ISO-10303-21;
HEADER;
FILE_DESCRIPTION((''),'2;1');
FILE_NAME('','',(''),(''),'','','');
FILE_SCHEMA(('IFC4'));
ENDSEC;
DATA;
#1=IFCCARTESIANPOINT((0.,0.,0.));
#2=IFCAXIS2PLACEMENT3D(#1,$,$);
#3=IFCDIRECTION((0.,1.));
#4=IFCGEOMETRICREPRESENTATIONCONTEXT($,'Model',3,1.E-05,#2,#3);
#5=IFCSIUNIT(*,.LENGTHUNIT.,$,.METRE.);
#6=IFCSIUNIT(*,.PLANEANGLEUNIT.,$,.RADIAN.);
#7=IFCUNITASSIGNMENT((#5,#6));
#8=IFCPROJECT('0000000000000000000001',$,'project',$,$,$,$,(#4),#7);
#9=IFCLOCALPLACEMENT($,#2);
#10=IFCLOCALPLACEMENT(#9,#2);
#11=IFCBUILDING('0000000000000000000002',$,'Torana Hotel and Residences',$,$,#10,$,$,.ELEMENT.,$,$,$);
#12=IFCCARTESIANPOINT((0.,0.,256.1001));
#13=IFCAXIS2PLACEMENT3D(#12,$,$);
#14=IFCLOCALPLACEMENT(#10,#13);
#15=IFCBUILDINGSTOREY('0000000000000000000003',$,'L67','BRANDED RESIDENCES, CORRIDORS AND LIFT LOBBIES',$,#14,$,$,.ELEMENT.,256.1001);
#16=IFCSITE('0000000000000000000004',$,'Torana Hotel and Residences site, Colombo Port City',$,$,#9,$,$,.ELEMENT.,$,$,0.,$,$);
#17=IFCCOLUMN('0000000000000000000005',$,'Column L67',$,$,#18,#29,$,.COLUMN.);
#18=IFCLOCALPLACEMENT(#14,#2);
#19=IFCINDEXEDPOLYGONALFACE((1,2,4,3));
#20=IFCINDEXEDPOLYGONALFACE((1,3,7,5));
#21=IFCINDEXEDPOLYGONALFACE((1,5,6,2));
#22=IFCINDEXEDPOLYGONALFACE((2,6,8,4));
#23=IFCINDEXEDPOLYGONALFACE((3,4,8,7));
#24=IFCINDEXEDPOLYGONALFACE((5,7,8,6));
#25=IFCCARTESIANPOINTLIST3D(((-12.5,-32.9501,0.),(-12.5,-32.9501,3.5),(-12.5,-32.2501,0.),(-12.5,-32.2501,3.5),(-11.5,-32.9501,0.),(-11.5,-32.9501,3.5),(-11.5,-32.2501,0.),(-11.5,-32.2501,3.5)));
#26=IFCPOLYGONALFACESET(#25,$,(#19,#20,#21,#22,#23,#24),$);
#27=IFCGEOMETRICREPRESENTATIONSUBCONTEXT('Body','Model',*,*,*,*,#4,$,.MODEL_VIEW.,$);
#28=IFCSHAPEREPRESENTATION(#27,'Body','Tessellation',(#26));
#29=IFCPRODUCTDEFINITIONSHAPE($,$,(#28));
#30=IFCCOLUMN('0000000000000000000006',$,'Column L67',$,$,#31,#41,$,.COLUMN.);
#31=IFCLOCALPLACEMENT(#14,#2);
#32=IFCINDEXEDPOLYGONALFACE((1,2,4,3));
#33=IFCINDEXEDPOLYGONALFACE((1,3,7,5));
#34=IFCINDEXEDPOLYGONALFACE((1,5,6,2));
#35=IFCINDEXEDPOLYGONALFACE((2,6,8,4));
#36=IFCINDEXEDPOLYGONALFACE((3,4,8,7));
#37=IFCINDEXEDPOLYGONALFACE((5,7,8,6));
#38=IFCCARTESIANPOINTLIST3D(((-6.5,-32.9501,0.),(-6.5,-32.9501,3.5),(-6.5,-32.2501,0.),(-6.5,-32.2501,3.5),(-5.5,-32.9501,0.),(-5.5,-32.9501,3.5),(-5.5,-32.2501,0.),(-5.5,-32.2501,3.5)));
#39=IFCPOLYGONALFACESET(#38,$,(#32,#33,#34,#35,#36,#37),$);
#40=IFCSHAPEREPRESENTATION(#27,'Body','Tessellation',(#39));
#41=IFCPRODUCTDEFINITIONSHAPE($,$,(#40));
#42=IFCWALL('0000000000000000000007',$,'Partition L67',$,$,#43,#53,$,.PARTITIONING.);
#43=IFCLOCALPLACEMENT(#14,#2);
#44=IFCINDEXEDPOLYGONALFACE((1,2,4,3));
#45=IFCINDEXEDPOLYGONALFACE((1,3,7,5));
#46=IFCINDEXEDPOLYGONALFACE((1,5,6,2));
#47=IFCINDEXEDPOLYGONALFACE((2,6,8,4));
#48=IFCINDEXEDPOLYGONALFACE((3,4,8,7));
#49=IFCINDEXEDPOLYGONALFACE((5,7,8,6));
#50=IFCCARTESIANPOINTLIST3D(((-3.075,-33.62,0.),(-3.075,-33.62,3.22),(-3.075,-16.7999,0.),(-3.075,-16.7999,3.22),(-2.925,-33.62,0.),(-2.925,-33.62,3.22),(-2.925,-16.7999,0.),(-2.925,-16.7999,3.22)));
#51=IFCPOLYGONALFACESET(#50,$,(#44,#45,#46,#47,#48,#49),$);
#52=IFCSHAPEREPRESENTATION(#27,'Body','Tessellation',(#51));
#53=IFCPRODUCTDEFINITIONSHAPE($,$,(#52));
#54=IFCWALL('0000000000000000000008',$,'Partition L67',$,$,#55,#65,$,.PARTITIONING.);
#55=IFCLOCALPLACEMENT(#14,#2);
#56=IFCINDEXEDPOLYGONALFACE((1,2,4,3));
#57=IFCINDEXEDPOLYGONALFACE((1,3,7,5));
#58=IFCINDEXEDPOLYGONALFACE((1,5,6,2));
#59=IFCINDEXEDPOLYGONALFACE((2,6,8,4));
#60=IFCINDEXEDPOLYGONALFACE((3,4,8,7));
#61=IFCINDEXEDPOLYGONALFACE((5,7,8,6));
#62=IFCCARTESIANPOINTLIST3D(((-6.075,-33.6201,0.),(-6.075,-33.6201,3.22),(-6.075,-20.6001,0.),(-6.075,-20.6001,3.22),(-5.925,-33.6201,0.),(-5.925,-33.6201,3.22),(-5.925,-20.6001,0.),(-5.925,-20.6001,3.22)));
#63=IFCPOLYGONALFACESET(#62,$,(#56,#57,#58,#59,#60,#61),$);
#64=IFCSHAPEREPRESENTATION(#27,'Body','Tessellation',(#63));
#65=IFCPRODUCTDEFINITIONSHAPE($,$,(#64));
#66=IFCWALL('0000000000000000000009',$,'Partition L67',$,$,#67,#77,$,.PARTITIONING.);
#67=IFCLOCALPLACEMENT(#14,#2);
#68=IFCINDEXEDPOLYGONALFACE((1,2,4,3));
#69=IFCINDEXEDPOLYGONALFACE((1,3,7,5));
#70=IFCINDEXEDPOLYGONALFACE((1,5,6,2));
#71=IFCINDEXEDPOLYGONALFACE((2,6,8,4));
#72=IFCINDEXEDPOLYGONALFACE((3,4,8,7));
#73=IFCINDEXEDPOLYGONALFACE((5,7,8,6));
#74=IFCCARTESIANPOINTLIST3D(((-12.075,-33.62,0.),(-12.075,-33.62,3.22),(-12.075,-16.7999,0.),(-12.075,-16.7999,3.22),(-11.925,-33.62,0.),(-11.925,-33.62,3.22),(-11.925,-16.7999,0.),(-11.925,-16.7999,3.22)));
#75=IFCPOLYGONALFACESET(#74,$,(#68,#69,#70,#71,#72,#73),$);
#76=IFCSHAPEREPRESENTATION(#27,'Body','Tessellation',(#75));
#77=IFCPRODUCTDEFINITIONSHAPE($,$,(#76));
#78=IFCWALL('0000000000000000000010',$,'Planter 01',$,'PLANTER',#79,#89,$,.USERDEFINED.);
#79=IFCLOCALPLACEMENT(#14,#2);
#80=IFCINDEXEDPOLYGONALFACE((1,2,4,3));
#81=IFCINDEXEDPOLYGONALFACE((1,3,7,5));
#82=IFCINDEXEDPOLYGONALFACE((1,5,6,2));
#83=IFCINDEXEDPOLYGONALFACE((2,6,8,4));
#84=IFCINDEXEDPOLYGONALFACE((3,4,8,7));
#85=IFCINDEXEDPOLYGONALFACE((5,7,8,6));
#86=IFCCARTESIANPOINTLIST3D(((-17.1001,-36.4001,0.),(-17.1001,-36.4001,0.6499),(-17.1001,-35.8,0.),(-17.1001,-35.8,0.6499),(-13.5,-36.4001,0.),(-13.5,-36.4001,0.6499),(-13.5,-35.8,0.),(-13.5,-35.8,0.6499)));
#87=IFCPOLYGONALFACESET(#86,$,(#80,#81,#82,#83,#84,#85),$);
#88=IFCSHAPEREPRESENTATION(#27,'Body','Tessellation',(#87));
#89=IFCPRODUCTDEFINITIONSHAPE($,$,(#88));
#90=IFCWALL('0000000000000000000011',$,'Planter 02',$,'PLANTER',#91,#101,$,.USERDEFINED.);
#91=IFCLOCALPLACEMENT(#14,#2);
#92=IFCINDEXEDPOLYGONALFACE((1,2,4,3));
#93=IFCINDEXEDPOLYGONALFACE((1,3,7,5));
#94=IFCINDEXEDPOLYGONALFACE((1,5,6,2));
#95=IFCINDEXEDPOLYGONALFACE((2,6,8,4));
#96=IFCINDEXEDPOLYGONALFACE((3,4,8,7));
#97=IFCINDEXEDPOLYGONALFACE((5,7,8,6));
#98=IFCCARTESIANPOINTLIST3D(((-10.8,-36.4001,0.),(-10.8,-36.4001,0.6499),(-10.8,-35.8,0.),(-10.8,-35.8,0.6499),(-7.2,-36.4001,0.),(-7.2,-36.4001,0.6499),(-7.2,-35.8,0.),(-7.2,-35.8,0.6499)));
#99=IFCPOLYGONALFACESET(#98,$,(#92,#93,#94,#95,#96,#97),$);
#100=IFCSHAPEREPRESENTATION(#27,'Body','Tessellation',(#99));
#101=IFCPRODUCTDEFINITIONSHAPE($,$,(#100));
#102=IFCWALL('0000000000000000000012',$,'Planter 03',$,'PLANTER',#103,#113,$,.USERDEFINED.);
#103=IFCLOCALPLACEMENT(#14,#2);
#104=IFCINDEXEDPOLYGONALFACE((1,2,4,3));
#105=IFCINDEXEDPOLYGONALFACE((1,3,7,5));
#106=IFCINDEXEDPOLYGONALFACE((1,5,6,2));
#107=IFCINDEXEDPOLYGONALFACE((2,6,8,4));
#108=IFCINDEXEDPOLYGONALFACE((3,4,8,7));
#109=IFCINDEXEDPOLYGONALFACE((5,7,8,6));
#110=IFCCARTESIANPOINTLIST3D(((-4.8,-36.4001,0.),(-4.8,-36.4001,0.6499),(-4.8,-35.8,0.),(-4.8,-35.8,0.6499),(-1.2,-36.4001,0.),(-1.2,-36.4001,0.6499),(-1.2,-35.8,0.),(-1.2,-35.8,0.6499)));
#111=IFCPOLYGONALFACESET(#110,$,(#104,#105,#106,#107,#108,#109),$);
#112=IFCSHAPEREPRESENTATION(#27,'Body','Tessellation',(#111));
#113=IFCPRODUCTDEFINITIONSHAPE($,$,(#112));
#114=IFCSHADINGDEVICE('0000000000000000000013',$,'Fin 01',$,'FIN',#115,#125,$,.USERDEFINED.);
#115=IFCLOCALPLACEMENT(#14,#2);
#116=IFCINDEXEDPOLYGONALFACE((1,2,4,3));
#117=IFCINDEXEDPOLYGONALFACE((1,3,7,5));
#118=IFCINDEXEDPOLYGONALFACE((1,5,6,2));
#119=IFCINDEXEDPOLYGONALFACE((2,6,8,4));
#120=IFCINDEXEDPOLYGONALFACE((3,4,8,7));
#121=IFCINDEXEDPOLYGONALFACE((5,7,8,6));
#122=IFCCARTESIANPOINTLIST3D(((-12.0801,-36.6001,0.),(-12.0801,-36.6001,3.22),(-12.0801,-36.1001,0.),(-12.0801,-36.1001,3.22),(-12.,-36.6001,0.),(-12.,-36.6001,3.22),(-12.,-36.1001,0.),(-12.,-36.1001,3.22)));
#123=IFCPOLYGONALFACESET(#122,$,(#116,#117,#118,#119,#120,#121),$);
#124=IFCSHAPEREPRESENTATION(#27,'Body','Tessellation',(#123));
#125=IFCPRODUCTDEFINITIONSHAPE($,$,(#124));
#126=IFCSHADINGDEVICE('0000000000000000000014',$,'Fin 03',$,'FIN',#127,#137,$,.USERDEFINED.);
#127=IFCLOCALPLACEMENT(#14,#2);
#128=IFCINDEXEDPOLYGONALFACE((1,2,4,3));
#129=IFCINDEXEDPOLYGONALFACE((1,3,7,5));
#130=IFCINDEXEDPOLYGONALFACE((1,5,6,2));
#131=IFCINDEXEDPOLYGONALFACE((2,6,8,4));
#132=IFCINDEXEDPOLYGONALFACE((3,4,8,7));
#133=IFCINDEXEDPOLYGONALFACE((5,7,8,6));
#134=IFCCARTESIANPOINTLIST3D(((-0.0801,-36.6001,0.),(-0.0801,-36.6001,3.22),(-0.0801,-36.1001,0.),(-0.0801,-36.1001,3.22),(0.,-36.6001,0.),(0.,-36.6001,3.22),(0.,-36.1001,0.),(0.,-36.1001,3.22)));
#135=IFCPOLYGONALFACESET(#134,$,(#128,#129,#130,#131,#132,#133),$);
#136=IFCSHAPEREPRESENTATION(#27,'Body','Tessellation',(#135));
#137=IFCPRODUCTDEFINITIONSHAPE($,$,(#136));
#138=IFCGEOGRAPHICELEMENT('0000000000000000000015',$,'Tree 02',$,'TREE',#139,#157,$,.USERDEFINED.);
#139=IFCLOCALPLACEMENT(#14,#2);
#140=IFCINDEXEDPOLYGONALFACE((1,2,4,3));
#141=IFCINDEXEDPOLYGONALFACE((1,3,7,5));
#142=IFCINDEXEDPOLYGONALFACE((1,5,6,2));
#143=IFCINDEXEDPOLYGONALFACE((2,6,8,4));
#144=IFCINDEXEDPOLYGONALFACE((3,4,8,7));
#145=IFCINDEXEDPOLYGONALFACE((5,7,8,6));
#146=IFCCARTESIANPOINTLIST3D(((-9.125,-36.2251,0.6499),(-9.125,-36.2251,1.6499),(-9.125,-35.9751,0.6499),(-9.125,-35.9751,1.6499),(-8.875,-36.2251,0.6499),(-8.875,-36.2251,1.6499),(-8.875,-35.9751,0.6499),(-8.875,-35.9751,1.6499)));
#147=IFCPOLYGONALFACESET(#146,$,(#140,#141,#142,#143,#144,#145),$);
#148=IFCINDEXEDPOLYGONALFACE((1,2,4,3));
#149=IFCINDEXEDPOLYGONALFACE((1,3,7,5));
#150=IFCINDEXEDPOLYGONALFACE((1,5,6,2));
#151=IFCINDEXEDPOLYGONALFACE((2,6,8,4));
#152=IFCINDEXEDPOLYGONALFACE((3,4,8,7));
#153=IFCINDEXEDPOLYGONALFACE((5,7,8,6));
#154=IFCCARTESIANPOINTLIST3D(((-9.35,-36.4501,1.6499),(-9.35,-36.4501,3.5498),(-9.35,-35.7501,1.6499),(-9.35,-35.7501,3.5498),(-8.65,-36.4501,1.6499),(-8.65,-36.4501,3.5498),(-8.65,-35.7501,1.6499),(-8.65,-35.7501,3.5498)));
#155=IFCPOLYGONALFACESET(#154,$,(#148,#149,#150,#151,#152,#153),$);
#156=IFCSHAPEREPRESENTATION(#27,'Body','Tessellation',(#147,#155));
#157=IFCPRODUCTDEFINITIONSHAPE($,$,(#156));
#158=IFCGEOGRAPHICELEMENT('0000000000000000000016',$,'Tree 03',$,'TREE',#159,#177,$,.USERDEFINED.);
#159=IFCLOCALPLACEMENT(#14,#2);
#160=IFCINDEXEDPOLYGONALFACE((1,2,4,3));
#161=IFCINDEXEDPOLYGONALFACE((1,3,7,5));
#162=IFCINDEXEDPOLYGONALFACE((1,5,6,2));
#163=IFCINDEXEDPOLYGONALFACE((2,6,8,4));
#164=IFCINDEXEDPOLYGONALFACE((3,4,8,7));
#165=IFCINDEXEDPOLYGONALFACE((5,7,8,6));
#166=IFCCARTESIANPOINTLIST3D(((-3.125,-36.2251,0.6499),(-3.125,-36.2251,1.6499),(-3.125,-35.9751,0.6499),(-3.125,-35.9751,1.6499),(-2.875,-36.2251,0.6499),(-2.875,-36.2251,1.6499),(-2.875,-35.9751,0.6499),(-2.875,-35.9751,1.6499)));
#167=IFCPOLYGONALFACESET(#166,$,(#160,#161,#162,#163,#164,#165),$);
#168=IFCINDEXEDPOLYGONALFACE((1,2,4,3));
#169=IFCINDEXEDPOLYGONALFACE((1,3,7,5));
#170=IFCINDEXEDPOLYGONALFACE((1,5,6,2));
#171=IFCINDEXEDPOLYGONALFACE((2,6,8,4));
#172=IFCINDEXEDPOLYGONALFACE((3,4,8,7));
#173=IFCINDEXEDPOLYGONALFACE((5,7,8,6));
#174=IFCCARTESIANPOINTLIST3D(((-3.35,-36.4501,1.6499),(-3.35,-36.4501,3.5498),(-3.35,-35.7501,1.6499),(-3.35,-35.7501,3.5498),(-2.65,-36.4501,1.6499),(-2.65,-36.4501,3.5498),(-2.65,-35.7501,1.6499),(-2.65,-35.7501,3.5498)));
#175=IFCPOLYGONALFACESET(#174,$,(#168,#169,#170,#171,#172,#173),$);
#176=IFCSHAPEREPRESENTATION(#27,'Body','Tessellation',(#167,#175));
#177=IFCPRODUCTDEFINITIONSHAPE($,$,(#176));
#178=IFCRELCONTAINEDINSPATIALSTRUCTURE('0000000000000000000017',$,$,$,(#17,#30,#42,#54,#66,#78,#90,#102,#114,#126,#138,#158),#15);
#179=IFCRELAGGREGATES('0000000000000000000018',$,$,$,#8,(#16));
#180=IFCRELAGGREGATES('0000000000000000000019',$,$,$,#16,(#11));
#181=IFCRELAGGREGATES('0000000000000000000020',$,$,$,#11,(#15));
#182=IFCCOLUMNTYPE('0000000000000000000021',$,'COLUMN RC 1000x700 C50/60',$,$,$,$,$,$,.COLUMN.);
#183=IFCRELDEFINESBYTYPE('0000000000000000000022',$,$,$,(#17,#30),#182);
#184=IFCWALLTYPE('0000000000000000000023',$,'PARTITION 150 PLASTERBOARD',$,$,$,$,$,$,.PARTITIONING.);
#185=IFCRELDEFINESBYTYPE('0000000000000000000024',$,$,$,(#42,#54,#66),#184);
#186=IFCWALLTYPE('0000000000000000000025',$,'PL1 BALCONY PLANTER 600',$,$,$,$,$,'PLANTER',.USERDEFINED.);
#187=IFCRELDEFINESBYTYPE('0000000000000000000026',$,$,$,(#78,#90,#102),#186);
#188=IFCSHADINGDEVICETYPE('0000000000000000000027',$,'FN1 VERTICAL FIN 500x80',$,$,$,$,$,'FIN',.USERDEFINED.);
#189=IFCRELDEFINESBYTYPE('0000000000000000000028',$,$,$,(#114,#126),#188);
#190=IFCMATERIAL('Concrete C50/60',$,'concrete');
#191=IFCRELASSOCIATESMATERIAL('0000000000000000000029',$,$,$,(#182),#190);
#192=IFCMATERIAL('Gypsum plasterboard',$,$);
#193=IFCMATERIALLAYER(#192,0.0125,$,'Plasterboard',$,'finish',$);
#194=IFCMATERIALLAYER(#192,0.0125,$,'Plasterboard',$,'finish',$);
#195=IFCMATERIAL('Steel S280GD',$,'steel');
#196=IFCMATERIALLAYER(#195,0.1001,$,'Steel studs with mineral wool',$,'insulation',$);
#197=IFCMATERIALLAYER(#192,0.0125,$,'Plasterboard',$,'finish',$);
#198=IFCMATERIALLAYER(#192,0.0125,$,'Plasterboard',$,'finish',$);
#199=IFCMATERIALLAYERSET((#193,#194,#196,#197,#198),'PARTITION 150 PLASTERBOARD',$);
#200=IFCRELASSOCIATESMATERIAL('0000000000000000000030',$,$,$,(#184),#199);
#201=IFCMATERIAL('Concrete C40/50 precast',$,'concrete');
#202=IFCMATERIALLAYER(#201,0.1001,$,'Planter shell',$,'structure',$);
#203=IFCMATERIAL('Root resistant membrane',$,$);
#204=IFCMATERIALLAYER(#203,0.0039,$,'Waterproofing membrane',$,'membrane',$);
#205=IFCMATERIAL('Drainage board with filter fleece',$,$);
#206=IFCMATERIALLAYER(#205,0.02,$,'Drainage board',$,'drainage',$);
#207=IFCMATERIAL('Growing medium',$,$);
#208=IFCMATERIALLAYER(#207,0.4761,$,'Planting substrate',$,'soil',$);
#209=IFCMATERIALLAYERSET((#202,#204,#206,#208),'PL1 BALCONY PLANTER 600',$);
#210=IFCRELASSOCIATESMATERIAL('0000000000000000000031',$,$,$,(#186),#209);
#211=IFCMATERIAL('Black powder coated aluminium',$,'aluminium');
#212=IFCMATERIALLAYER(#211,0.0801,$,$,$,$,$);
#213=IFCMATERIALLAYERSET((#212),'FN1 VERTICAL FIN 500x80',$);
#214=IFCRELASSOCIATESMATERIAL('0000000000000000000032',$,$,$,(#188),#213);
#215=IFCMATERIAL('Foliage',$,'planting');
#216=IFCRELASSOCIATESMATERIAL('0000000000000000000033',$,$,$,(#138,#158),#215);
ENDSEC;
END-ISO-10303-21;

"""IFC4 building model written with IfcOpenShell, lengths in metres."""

from ifc_helpers import new_model, si_unit, direction, frame, frame_2d, origin, origin_2d, place, context, subcontext, project, spatial, rectangle, extrude, material, layer, layer_set, material_profile, profile_set, type_object, element, save


model = new_model("IFC4")

# Units and contexts
model_context = context("Model", 3, precision=1e-05, world=origin(), true_north=direction((0.0, 1.0)))
body_context = subcontext(model_context, "Body", "Model", "MODEL_VIEW")
ifc_project = project(units=[si_unit("LENGTHUNIT", "METRE"), si_unit("PLANEANGLEUNIT", "RADIAN")], contexts=[model_context])

# Site, building, storey
site_placement = place(None, origin())
site = spatial("IfcSite", under=ifc_project, at=site_placement, Name="Torana Hotel and Residences site, Colombo Port City", CompositionType="ELEMENT", RefElevation=0.0)
building_placement = place(site_placement, origin())
building = spatial("IfcBuilding", under=site, at=building_placement, Name="Torana Hotel and Residences", CompositionType="ELEMENT")
storey_placement = place(building_placement, frame((0.0, 0.0, 256.1001)))
storey = spatial("IfcBuildingStorey", under=building, at=storey_placement, Name="L67", Description="BRANDED RESIDENCES, CORRIDORS AND LIFT LOBBIES", CompositionType="ELEMENT", Elevation=256.1001)

# Columns
ifc_material_1 = material(Name="Concrete C50/60", Category="concrete")
ifc_material_profile = material_profile(ifc_material_1, rectangle(XDim=1.0, YDim=0.7, at=origin_2d()), Name="RC 1000x700")
ifc_profile_set = profile_set([ifc_material_profile], Name="Concrete C50/60")
column_type = type_object("IfcColumnType", Name="COLUMN RC 1000x700 C50/60", PredefinedType="COLUMN", material=ifc_profile_set)
for number, where, z_axis, x_axis, name in (
    (1, (-12.0, -32.6001, 0.0), (0.0, 0.0, 1.0), (1.0, 0.0, 0.0), "Column L67"),
    (2, (-6.0, -32.6001, 0.0), (0.0, 0.0, 1.0), (1.0, 0.0, 0.0), "Column L67"),
):
    element("IfcColumn", number, at=place(storey_placement, frame(where, z_axis=z_axis, x_axis=x_axis)), inside=storey, type_object=column_type, Name=name, PredefinedType="COLUMN", context=body_context, shape_type="SweptSolid", body=[
        extrude(rectangle(XDim=1.0, YDim=0.7, at=origin_2d()), origin(), (0.0, 0.0, 1.0), 3.5),
    ])

# Walls
ifc_material_2 = material(Name="Gypsum plasterboard")
ifc_layer_1 = layer(ifc_material_2, 0.0125, Name="Plasterboard", Category="finish")
ifc_layer_2 = layer(ifc_material_2, 0.0125, Name="Plasterboard", Category="finish")
ifc_material_3 = material(Name="Steel S280GD", Category="steel")
ifc_layer_3 = layer(ifc_material_3, 0.1001, Name="Steel studs with mineral wool", Category="insulation")
ifc_layer_4 = layer(ifc_material_2, 0.0125, Name="Plasterboard", Category="finish")
ifc_layer_5 = layer(ifc_material_2, 0.0125, Name="Plasterboard", Category="finish")
ifc_layer_set_1 = layer_set([ifc_layer_1, ifc_layer_2, ifc_layer_3, ifc_layer_4, ifc_layer_5], Name="PARTITION 150 PLASTERBOARD")
wall_type_1 = type_object("IfcWallType", Name="PARTITION 150 PLASTERBOARD", PredefinedType="PARTITIONING", material=ifc_layer_set_1)
wall_1_placement = place(storey_placement, frame((-3.0, -33.6201, 0.0), z_axis=(0.0, 0.0, 1.0), x_axis=(0.0, 1.0, 0.0)))
element("IfcWall", 3, at=wall_1_placement, inside=storey, type_object=wall_type_1, Name="Partition L67", PredefinedType="PARTITIONING", context=body_context, shape_type="SweptSolid", body=[
    extrude(rectangle(XDim=16.8201, YDim=0.1499, at=frame_2d((8.4102, 0.0))), origin(), (0.0, 0.0, 1.0), 3.22),
])
wall_2_placement = place(storey_placement, frame((-6.0, -33.6201, 0.0), z_axis=(0.0, 0.0, 1.0), x_axis=(0.0, 1.0, 0.0)))
element("IfcWall", 4, at=wall_2_placement, inside=storey, type_object=wall_type_1, Name="Partition L67", PredefinedType="PARTITIONING", context=body_context, shape_type="SweptSolid", body=[
    extrude(rectangle(XDim=13.02, YDim=0.1499, at=frame_2d((6.51, 0.0))), origin(), (0.0, 0.0, 1.0), 3.22),
])
wall_3_placement = place(storey_placement, frame((-12.0, -33.6201, 0.0), z_axis=(0.0, 0.0, 1.0), x_axis=(0.0, 1.0, 0.0)))
element("IfcWall", 5, at=wall_3_placement, inside=storey, type_object=wall_type_1, Name="Partition L67", PredefinedType="PARTITIONING", context=body_context, shape_type="SweptSolid", body=[
    extrude(rectangle(XDim=16.8201, YDim=0.1499, at=frame_2d((8.4102, 0.0))), origin(), (0.0, 0.0, 1.0), 3.22),
])
ifc_material_4 = material(Name="Concrete C40/50 precast", Category="concrete")
ifc_layer_6 = layer(ifc_material_4, 0.1001, Name="Planter shell", Category="structure")
ifc_material_5 = material(Name="Root resistant membrane")
ifc_layer_7 = layer(ifc_material_5, 0.0039, Name="Waterproofing membrane", Category="membrane")
ifc_material_6 = material(Name="Drainage board with filter fleece")
ifc_layer_8 = layer(ifc_material_6, 0.02, Name="Drainage board", Category="drainage")
ifc_material_7 = material(Name="Growing medium")
ifc_layer_9 = layer(ifc_material_7, 0.4761, Name="Planting substrate", Category="soil")
ifc_layer_set_2 = layer_set([ifc_layer_6, ifc_layer_7, ifc_layer_8, ifc_layer_9], Name="PL1 BALCONY PLANTER 600")
wall_type_2 = type_object("IfcWallType", Name="PL1 BALCONY PLANTER 600", ElementType="PLANTER", PredefinedType="USERDEFINED", material=ifc_layer_set_2)
for number, where, z_axis, x_axis, name in (
    (6, (-13.5, -36.1001, 0.0), (0.0, 0.0, 1.0), (-1.0, 0.0, 0.0), "Planter 01"),
    (7, (-7.2, -36.1001, 0.0), (0.0, 0.0, 1.0), (-1.0, 0.0, 0.0), "Planter 02"),
    (8, (-1.2, -36.1001, 0.0), (0.0, 0.0, 1.0), (-1.0, 0.0, 0.0), "Planter 03"),
):
    element("IfcWall", number, at=place(storey_placement, frame(where, z_axis=z_axis, x_axis=x_axis)), inside=storey, type_object=wall_type_2, Name=name, ObjectType="PLANTER", PredefinedType="USERDEFINED", context=body_context, shape_type="SweptSolid", body=[
        extrude(rectangle(XDim=3.6001, YDim=0.6001, at=frame_2d((1.8, 0.0))), origin(), (0.0, 0.0, 1.0), 0.6499),
    ])

# Shading devices
ifc_material_8 = material(Name="Black powder coated aluminium", Category="aluminium")
ifc_layer_10 = layer(ifc_material_8, 0.0801)
ifc_layer_set_3 = layer_set([ifc_layer_10], Name="FN1 VERTICAL FIN 500x80")
shading_device_type = type_object("IfcShadingDeviceType", Name="FN1 VERTICAL FIN 500x80", ElementType="FIN", PredefinedType="USERDEFINED", material=ifc_layer_set_3)
for number, where, z_axis, x_axis, name in (
    (9, (-12.04, -36.3501, 0.0), (0.0, 0.0, 1.0), (-1.0, 0.0, 0.0), "Fin 01"),
    (10, (-0.04, -36.3501, 0.0), (0.0, 0.0, 1.0), (-1.0, 0.0, 0.0), "Fin 03"),
):
    element("IfcShadingDevice", number, at=place(storey_placement, frame(where, z_axis=z_axis, x_axis=x_axis)), inside=storey, type_object=shading_device_type, Name=name, ObjectType="FIN", PredefinedType="USERDEFINED", context=body_context, shape_type="SweptSolid", body=[
        extrude(rectangle(XDim=0.0801, YDim=0.5, at=origin_2d()), origin(), (0.0, 0.0, 1.0), 3.22),
    ])

# Geographic elements
ifc_material_9 = material(Name="Foliage", Category="planting")
for number, where, z_axis, x_axis, name in (
    (11, (-9.0, -36.1001, 0.6499), (0.0, 0.0, 1.0), (1.0, 0.0, 0.0), "Tree 02"),
    (12, (-3.0, -36.1001, 0.6499), (0.0, 0.0, 1.0), (1.0, 0.0, 0.0), "Tree 03"),
):
    element("IfcGeographicElement", number, at=place(storey_placement, frame(where, z_axis=z_axis, x_axis=x_axis)), inside=storey, material=ifc_material_9, Name=name, ObjectType="TREE", PredefinedType="USERDEFINED", context=body_context, shape_type="SweptSolid", body=[
        extrude(rectangle(XDim=0.25, YDim=0.25, at=origin_2d()), origin(), (0.0, 0.0, 1.0), 1.0),
        extrude(rectangle(XDim=0.7, YDim=0.7, at=origin_2d()), frame((0.0, 0.0, 1.0)), (0.0, 0.0, 1.0), 1.8999),
    ])

save(model, "model.ifc")
